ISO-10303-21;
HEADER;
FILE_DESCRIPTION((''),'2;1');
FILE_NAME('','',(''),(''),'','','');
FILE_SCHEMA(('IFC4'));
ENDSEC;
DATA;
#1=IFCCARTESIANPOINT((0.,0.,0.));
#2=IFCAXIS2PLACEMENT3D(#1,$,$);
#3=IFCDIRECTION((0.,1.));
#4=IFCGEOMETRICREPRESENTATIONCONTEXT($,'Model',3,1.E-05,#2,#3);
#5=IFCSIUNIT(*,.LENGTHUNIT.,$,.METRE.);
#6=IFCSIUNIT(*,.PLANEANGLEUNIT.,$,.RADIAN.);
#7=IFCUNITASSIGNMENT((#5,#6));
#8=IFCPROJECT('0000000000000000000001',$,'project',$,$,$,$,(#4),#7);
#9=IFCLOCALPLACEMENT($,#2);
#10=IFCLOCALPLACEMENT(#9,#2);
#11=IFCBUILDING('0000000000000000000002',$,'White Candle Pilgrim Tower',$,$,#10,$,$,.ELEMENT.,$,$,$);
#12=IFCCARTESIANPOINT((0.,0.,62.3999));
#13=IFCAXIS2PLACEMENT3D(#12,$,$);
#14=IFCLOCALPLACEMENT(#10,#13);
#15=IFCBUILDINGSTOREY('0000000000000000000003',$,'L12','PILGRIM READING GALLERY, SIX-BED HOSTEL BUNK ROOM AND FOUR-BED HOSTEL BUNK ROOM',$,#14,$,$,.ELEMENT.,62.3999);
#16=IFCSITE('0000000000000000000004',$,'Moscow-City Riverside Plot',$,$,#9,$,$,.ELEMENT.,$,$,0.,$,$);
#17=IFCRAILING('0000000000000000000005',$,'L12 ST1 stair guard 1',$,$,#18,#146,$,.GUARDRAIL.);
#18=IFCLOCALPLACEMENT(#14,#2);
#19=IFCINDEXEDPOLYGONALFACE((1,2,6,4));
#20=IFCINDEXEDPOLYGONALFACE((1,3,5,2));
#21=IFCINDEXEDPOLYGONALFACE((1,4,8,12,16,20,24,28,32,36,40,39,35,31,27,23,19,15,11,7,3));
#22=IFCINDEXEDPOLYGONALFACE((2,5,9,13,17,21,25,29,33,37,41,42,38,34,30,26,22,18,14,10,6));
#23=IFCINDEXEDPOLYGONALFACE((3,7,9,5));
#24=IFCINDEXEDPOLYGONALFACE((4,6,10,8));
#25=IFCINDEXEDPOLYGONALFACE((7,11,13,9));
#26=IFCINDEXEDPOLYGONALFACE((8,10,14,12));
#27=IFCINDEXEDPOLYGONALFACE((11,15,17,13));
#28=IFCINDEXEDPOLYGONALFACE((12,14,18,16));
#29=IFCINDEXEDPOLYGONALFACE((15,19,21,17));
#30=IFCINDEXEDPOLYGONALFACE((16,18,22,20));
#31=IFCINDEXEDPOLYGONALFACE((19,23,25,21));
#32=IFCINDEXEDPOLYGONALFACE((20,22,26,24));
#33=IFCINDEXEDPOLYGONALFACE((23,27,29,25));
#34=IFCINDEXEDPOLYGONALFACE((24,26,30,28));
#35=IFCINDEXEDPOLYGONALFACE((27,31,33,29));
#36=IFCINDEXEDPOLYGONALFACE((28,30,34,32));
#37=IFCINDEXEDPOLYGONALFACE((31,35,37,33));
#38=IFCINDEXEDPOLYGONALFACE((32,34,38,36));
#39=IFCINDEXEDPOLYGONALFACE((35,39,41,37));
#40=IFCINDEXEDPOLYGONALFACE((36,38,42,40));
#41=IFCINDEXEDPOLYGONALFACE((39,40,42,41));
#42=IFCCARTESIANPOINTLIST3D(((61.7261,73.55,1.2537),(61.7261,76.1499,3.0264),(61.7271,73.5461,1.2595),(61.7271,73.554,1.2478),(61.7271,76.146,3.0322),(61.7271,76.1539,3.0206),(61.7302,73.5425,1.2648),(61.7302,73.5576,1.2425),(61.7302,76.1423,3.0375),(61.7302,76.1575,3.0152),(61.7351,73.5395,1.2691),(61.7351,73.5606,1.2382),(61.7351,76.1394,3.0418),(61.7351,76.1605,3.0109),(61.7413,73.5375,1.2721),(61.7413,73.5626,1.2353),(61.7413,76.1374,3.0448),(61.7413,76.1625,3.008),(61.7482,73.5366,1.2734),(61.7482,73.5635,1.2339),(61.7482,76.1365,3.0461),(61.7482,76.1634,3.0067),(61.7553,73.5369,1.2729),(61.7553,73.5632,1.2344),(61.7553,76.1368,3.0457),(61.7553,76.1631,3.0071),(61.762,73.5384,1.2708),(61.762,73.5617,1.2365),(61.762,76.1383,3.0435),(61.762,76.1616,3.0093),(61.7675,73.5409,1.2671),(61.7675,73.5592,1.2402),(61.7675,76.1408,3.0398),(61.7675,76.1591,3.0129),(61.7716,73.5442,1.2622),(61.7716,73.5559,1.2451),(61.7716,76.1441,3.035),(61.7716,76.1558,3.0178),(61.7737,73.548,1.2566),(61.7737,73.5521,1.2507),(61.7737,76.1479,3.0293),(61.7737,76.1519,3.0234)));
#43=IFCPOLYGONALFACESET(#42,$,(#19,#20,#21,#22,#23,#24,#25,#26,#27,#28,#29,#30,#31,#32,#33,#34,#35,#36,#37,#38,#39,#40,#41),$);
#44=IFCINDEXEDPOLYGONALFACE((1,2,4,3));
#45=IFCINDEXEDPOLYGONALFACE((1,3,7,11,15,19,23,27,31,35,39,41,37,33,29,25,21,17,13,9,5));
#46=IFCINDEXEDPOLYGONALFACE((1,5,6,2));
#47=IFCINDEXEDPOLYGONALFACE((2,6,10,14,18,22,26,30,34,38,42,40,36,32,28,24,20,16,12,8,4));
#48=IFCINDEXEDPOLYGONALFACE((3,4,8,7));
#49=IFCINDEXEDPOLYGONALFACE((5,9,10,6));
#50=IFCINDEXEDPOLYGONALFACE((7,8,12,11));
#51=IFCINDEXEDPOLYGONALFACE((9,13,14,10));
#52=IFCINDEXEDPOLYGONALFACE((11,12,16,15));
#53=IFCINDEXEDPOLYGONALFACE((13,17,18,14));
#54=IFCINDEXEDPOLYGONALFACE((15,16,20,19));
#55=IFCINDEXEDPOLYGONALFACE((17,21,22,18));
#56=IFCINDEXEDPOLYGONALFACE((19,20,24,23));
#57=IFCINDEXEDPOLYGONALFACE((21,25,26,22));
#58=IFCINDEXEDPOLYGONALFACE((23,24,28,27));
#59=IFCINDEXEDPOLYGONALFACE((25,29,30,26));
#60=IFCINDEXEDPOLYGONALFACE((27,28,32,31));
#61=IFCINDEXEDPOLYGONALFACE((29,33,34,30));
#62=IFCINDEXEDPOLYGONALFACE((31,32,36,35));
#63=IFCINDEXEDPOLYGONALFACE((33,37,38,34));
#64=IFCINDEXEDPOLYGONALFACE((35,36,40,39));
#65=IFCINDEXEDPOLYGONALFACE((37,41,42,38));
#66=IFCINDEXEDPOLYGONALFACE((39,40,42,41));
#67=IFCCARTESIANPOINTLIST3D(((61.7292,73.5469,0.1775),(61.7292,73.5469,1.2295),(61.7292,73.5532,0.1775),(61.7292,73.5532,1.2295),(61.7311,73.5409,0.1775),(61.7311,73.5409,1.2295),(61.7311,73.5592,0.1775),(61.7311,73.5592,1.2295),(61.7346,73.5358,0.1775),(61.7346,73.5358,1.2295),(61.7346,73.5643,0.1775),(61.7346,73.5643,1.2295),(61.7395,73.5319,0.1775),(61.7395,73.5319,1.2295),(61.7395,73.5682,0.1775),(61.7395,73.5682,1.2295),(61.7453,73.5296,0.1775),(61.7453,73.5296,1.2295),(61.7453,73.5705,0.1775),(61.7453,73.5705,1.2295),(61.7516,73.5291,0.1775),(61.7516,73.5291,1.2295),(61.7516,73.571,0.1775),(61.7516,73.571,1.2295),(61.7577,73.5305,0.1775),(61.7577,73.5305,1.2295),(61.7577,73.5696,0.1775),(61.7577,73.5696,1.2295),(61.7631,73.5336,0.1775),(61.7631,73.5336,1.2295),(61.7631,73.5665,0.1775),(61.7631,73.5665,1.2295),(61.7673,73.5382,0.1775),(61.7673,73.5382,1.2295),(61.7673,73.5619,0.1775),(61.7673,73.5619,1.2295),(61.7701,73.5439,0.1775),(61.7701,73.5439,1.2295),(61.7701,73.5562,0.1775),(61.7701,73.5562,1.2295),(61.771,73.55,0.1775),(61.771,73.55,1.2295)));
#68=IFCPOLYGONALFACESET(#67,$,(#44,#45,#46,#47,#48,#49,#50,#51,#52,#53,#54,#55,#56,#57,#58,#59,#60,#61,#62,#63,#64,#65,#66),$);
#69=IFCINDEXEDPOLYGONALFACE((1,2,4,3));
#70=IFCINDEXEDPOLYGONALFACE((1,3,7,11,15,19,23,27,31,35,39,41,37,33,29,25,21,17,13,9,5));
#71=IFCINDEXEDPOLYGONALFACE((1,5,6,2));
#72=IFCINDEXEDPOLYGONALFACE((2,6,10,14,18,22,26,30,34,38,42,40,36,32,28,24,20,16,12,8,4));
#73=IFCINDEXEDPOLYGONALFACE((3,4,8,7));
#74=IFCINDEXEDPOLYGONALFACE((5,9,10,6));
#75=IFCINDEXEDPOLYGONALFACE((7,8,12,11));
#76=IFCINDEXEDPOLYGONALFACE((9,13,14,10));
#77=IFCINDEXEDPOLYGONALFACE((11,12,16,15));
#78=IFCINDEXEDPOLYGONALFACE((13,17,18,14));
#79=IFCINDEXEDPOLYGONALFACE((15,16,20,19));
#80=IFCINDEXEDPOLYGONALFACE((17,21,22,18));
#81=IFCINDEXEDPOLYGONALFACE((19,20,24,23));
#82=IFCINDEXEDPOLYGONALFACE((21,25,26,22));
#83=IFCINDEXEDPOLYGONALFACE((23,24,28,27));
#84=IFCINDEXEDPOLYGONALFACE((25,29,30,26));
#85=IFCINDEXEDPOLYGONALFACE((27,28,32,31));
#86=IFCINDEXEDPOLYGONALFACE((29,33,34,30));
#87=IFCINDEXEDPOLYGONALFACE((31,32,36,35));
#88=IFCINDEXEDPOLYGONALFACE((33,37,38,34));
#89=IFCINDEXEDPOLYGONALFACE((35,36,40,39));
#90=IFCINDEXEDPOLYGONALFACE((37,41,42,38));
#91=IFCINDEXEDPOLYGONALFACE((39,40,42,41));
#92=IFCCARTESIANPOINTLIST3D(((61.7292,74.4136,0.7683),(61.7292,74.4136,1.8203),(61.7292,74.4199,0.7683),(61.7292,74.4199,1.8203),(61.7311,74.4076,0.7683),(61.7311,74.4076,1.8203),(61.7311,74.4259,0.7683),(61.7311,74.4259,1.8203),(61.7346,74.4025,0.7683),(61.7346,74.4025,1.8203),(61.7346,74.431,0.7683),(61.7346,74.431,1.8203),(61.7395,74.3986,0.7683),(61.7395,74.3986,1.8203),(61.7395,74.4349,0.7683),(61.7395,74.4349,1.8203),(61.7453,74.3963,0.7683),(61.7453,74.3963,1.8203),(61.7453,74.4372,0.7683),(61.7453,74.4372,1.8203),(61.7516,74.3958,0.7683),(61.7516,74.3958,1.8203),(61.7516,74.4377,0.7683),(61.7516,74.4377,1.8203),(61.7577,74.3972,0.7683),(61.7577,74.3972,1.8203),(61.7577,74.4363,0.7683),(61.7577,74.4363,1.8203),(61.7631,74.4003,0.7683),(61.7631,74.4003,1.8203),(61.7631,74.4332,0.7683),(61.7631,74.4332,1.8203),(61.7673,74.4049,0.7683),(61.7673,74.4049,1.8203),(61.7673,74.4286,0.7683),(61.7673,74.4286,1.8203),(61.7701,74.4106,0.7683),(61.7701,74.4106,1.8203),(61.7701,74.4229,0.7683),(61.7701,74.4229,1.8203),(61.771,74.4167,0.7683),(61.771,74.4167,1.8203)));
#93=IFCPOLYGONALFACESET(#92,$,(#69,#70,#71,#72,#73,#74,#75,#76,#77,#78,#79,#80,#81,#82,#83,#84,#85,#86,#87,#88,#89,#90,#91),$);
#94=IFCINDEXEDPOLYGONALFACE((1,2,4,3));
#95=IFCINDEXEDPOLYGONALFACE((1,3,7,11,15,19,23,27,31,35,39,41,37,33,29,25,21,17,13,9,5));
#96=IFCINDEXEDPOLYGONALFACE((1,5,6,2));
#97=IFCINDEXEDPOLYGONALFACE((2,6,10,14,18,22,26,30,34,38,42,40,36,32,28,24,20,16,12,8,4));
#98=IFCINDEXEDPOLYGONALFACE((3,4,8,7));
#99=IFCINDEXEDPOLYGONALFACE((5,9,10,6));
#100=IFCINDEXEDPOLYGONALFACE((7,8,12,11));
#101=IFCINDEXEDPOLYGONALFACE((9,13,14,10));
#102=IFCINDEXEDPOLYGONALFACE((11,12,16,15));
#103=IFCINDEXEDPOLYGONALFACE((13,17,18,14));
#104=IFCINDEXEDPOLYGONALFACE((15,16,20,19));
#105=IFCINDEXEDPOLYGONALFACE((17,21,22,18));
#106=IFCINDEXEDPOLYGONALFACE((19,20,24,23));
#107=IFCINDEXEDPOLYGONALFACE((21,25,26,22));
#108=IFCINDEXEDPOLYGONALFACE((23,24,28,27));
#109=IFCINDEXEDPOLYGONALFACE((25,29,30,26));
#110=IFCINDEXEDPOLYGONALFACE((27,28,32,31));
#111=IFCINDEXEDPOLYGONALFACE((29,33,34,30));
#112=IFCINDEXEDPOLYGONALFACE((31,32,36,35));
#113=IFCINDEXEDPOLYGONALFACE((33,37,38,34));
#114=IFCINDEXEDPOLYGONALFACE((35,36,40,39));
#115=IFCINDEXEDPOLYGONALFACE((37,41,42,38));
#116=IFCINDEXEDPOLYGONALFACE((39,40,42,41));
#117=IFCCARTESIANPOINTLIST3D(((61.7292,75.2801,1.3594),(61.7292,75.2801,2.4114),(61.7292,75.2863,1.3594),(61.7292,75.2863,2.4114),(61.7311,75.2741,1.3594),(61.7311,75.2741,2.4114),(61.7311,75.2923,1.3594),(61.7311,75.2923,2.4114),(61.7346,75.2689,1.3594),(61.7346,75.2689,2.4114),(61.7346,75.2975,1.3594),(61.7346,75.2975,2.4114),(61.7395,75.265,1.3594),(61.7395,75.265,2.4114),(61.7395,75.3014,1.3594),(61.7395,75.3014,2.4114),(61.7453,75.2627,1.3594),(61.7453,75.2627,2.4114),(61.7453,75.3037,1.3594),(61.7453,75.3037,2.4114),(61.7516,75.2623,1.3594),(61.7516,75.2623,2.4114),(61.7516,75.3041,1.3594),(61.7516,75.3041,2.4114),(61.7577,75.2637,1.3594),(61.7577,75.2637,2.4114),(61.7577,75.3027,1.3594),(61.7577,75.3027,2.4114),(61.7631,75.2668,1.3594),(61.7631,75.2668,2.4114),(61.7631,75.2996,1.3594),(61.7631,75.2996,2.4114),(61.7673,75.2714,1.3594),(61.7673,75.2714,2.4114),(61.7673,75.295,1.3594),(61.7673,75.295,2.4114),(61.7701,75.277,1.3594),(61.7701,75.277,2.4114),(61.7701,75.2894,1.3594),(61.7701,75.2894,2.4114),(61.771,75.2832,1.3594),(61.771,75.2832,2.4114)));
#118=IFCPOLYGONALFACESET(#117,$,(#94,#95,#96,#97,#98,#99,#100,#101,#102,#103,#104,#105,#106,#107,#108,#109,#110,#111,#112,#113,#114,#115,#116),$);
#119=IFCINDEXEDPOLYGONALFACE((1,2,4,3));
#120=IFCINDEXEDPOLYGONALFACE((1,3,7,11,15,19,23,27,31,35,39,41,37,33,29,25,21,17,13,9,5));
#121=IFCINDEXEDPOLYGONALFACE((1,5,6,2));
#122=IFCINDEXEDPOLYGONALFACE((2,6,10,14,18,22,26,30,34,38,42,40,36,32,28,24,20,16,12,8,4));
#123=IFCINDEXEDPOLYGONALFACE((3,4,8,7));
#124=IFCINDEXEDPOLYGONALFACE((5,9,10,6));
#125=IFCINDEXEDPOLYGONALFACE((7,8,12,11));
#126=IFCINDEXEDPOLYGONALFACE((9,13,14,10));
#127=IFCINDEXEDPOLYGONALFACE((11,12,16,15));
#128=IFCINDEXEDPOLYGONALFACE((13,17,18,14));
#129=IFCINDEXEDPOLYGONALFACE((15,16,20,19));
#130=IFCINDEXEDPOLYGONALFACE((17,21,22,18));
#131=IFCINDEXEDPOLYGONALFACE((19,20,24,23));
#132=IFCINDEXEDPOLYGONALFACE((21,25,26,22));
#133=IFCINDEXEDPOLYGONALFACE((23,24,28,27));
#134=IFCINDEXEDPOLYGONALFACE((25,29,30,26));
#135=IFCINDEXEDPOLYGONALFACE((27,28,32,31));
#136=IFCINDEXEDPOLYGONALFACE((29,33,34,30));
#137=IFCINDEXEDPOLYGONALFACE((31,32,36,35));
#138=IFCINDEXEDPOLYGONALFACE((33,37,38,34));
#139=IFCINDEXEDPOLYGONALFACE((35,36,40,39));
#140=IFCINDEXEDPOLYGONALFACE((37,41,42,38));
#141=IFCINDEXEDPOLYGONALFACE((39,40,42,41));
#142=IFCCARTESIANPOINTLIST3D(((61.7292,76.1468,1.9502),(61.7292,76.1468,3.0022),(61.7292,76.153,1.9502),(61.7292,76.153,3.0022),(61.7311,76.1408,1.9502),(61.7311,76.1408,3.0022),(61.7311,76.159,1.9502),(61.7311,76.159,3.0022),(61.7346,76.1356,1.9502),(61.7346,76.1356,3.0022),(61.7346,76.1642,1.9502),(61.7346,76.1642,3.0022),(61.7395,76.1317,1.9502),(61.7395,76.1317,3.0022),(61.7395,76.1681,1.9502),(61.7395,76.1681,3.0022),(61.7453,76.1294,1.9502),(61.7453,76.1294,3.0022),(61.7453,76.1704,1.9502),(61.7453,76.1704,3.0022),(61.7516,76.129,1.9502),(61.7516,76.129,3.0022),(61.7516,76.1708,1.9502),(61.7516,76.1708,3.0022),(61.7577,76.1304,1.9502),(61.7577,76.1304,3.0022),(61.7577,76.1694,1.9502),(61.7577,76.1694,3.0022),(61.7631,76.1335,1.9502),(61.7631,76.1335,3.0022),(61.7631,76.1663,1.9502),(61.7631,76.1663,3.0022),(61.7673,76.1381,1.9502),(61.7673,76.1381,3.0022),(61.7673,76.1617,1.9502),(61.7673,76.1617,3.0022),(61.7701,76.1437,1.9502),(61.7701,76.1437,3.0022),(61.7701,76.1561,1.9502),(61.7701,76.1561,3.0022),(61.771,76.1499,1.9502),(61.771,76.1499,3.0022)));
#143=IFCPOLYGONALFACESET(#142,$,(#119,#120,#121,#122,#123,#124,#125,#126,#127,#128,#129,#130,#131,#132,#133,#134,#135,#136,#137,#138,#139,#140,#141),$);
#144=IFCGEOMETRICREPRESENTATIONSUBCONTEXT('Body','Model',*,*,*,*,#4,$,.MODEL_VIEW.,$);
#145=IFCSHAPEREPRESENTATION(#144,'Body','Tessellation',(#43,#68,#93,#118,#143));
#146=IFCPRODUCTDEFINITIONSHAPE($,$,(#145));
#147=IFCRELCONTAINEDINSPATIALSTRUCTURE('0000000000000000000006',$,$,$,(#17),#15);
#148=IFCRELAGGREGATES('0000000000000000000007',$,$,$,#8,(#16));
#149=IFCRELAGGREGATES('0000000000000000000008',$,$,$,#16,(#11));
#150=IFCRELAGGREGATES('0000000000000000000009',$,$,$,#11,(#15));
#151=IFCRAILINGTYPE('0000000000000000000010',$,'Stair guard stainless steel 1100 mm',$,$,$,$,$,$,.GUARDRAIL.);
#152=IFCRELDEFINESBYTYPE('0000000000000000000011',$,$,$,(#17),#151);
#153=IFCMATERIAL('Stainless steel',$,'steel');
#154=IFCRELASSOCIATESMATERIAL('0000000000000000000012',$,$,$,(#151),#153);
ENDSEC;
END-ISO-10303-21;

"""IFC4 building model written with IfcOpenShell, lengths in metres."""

from ifc_helpers import new_model, si_unit, direction, frame, origin, origin_2d, place, context, subcontext, project, spatial, circle, extrude, material, type_object, element, save


model = new_model("IFC4")

# Units and contexts
model_context = context("Model", 3, precision=1e-05, world=origin(), true_north=direction((0.0, 1.0)))
body_context = subcontext(model_context, "Body", "Model", "MODEL_VIEW")
ifc_project = project(units=[si_unit("LENGTHUNIT", "METRE"), si_unit("PLANEANGLEUNIT", "RADIAN")], contexts=[model_context])

# Site, building, storey
site_placement = place(None, origin())
site = spatial("IfcSite", under=ifc_project, at=site_placement, Name="Moscow-City Riverside Plot", CompositionType="ELEMENT", RefElevation=0.0)
building_placement = place(site_placement, origin())
building = spatial("IfcBuilding", under=site, at=building_placement, Name="White Candle Pilgrim Tower", CompositionType="ELEMENT")
storey_placement = place(building_placement, frame((0.0, 0.0, 62.3999)))
storey = spatial("IfcBuildingStorey", under=building, at=storey_placement, Name="L12", Description="PILGRIM READING GALLERY, SIX-BED HOSTEL BUNK ROOM AND FOUR-BED HOSTEL BUNK ROOM", CompositionType="ELEMENT", Elevation=62.3999)

# Shared definitions
ifc_material_1 = material(Name="Stainless steel", Category="steel")

# Railing
railing_type_1 = type_object("IfcRailingType", Name="Stair guard stainless steel 1100 mm", PredefinedType="GUARDRAIL", material=ifc_material_1)
railing_1_placement = place(storey_placement, frame((61.75, 73.55, 0.1775)))
element("IfcRailing", 1, at=railing_1_placement, inside=storey, type_object=railing_type_1, Name="L12 ST1 stair guard 1", PredefinedType="GUARDRAIL", context=body_context, shape_type="SweptSolid", body=[
    extrude(circle(Radius=0.0239, at=origin_2d()), frame((0.0, 0.0, 1.0762), z_axis=(0.0, 0.826216, 0.563354), x_axis=(-1.0, 0.0, 0.0)), (0.0, 0.0, 1.0), 3.1467),
    extrude(circle(Radius=0.021, at=origin_2d()), origin(), (0.0, 0.0, 1.0), 1.052),
    extrude(circle(Radius=0.021, at=origin_2d()), frame((0.0, 0.8667, 0.5908)), (0.0, 0.0, 1.0), 1.052),
    extrude(circle(Radius=0.021, at=origin_2d()), frame((0.0, 1.7332, 1.1819)), (0.0, 0.0, 1.0), 1.052),
    extrude(circle(Radius=0.021, at=origin_2d()), frame((0.0, 2.5999, 1.7727)), (0.0, 0.0, 1.0), 1.052),
])

save(model, "model.ifc")
